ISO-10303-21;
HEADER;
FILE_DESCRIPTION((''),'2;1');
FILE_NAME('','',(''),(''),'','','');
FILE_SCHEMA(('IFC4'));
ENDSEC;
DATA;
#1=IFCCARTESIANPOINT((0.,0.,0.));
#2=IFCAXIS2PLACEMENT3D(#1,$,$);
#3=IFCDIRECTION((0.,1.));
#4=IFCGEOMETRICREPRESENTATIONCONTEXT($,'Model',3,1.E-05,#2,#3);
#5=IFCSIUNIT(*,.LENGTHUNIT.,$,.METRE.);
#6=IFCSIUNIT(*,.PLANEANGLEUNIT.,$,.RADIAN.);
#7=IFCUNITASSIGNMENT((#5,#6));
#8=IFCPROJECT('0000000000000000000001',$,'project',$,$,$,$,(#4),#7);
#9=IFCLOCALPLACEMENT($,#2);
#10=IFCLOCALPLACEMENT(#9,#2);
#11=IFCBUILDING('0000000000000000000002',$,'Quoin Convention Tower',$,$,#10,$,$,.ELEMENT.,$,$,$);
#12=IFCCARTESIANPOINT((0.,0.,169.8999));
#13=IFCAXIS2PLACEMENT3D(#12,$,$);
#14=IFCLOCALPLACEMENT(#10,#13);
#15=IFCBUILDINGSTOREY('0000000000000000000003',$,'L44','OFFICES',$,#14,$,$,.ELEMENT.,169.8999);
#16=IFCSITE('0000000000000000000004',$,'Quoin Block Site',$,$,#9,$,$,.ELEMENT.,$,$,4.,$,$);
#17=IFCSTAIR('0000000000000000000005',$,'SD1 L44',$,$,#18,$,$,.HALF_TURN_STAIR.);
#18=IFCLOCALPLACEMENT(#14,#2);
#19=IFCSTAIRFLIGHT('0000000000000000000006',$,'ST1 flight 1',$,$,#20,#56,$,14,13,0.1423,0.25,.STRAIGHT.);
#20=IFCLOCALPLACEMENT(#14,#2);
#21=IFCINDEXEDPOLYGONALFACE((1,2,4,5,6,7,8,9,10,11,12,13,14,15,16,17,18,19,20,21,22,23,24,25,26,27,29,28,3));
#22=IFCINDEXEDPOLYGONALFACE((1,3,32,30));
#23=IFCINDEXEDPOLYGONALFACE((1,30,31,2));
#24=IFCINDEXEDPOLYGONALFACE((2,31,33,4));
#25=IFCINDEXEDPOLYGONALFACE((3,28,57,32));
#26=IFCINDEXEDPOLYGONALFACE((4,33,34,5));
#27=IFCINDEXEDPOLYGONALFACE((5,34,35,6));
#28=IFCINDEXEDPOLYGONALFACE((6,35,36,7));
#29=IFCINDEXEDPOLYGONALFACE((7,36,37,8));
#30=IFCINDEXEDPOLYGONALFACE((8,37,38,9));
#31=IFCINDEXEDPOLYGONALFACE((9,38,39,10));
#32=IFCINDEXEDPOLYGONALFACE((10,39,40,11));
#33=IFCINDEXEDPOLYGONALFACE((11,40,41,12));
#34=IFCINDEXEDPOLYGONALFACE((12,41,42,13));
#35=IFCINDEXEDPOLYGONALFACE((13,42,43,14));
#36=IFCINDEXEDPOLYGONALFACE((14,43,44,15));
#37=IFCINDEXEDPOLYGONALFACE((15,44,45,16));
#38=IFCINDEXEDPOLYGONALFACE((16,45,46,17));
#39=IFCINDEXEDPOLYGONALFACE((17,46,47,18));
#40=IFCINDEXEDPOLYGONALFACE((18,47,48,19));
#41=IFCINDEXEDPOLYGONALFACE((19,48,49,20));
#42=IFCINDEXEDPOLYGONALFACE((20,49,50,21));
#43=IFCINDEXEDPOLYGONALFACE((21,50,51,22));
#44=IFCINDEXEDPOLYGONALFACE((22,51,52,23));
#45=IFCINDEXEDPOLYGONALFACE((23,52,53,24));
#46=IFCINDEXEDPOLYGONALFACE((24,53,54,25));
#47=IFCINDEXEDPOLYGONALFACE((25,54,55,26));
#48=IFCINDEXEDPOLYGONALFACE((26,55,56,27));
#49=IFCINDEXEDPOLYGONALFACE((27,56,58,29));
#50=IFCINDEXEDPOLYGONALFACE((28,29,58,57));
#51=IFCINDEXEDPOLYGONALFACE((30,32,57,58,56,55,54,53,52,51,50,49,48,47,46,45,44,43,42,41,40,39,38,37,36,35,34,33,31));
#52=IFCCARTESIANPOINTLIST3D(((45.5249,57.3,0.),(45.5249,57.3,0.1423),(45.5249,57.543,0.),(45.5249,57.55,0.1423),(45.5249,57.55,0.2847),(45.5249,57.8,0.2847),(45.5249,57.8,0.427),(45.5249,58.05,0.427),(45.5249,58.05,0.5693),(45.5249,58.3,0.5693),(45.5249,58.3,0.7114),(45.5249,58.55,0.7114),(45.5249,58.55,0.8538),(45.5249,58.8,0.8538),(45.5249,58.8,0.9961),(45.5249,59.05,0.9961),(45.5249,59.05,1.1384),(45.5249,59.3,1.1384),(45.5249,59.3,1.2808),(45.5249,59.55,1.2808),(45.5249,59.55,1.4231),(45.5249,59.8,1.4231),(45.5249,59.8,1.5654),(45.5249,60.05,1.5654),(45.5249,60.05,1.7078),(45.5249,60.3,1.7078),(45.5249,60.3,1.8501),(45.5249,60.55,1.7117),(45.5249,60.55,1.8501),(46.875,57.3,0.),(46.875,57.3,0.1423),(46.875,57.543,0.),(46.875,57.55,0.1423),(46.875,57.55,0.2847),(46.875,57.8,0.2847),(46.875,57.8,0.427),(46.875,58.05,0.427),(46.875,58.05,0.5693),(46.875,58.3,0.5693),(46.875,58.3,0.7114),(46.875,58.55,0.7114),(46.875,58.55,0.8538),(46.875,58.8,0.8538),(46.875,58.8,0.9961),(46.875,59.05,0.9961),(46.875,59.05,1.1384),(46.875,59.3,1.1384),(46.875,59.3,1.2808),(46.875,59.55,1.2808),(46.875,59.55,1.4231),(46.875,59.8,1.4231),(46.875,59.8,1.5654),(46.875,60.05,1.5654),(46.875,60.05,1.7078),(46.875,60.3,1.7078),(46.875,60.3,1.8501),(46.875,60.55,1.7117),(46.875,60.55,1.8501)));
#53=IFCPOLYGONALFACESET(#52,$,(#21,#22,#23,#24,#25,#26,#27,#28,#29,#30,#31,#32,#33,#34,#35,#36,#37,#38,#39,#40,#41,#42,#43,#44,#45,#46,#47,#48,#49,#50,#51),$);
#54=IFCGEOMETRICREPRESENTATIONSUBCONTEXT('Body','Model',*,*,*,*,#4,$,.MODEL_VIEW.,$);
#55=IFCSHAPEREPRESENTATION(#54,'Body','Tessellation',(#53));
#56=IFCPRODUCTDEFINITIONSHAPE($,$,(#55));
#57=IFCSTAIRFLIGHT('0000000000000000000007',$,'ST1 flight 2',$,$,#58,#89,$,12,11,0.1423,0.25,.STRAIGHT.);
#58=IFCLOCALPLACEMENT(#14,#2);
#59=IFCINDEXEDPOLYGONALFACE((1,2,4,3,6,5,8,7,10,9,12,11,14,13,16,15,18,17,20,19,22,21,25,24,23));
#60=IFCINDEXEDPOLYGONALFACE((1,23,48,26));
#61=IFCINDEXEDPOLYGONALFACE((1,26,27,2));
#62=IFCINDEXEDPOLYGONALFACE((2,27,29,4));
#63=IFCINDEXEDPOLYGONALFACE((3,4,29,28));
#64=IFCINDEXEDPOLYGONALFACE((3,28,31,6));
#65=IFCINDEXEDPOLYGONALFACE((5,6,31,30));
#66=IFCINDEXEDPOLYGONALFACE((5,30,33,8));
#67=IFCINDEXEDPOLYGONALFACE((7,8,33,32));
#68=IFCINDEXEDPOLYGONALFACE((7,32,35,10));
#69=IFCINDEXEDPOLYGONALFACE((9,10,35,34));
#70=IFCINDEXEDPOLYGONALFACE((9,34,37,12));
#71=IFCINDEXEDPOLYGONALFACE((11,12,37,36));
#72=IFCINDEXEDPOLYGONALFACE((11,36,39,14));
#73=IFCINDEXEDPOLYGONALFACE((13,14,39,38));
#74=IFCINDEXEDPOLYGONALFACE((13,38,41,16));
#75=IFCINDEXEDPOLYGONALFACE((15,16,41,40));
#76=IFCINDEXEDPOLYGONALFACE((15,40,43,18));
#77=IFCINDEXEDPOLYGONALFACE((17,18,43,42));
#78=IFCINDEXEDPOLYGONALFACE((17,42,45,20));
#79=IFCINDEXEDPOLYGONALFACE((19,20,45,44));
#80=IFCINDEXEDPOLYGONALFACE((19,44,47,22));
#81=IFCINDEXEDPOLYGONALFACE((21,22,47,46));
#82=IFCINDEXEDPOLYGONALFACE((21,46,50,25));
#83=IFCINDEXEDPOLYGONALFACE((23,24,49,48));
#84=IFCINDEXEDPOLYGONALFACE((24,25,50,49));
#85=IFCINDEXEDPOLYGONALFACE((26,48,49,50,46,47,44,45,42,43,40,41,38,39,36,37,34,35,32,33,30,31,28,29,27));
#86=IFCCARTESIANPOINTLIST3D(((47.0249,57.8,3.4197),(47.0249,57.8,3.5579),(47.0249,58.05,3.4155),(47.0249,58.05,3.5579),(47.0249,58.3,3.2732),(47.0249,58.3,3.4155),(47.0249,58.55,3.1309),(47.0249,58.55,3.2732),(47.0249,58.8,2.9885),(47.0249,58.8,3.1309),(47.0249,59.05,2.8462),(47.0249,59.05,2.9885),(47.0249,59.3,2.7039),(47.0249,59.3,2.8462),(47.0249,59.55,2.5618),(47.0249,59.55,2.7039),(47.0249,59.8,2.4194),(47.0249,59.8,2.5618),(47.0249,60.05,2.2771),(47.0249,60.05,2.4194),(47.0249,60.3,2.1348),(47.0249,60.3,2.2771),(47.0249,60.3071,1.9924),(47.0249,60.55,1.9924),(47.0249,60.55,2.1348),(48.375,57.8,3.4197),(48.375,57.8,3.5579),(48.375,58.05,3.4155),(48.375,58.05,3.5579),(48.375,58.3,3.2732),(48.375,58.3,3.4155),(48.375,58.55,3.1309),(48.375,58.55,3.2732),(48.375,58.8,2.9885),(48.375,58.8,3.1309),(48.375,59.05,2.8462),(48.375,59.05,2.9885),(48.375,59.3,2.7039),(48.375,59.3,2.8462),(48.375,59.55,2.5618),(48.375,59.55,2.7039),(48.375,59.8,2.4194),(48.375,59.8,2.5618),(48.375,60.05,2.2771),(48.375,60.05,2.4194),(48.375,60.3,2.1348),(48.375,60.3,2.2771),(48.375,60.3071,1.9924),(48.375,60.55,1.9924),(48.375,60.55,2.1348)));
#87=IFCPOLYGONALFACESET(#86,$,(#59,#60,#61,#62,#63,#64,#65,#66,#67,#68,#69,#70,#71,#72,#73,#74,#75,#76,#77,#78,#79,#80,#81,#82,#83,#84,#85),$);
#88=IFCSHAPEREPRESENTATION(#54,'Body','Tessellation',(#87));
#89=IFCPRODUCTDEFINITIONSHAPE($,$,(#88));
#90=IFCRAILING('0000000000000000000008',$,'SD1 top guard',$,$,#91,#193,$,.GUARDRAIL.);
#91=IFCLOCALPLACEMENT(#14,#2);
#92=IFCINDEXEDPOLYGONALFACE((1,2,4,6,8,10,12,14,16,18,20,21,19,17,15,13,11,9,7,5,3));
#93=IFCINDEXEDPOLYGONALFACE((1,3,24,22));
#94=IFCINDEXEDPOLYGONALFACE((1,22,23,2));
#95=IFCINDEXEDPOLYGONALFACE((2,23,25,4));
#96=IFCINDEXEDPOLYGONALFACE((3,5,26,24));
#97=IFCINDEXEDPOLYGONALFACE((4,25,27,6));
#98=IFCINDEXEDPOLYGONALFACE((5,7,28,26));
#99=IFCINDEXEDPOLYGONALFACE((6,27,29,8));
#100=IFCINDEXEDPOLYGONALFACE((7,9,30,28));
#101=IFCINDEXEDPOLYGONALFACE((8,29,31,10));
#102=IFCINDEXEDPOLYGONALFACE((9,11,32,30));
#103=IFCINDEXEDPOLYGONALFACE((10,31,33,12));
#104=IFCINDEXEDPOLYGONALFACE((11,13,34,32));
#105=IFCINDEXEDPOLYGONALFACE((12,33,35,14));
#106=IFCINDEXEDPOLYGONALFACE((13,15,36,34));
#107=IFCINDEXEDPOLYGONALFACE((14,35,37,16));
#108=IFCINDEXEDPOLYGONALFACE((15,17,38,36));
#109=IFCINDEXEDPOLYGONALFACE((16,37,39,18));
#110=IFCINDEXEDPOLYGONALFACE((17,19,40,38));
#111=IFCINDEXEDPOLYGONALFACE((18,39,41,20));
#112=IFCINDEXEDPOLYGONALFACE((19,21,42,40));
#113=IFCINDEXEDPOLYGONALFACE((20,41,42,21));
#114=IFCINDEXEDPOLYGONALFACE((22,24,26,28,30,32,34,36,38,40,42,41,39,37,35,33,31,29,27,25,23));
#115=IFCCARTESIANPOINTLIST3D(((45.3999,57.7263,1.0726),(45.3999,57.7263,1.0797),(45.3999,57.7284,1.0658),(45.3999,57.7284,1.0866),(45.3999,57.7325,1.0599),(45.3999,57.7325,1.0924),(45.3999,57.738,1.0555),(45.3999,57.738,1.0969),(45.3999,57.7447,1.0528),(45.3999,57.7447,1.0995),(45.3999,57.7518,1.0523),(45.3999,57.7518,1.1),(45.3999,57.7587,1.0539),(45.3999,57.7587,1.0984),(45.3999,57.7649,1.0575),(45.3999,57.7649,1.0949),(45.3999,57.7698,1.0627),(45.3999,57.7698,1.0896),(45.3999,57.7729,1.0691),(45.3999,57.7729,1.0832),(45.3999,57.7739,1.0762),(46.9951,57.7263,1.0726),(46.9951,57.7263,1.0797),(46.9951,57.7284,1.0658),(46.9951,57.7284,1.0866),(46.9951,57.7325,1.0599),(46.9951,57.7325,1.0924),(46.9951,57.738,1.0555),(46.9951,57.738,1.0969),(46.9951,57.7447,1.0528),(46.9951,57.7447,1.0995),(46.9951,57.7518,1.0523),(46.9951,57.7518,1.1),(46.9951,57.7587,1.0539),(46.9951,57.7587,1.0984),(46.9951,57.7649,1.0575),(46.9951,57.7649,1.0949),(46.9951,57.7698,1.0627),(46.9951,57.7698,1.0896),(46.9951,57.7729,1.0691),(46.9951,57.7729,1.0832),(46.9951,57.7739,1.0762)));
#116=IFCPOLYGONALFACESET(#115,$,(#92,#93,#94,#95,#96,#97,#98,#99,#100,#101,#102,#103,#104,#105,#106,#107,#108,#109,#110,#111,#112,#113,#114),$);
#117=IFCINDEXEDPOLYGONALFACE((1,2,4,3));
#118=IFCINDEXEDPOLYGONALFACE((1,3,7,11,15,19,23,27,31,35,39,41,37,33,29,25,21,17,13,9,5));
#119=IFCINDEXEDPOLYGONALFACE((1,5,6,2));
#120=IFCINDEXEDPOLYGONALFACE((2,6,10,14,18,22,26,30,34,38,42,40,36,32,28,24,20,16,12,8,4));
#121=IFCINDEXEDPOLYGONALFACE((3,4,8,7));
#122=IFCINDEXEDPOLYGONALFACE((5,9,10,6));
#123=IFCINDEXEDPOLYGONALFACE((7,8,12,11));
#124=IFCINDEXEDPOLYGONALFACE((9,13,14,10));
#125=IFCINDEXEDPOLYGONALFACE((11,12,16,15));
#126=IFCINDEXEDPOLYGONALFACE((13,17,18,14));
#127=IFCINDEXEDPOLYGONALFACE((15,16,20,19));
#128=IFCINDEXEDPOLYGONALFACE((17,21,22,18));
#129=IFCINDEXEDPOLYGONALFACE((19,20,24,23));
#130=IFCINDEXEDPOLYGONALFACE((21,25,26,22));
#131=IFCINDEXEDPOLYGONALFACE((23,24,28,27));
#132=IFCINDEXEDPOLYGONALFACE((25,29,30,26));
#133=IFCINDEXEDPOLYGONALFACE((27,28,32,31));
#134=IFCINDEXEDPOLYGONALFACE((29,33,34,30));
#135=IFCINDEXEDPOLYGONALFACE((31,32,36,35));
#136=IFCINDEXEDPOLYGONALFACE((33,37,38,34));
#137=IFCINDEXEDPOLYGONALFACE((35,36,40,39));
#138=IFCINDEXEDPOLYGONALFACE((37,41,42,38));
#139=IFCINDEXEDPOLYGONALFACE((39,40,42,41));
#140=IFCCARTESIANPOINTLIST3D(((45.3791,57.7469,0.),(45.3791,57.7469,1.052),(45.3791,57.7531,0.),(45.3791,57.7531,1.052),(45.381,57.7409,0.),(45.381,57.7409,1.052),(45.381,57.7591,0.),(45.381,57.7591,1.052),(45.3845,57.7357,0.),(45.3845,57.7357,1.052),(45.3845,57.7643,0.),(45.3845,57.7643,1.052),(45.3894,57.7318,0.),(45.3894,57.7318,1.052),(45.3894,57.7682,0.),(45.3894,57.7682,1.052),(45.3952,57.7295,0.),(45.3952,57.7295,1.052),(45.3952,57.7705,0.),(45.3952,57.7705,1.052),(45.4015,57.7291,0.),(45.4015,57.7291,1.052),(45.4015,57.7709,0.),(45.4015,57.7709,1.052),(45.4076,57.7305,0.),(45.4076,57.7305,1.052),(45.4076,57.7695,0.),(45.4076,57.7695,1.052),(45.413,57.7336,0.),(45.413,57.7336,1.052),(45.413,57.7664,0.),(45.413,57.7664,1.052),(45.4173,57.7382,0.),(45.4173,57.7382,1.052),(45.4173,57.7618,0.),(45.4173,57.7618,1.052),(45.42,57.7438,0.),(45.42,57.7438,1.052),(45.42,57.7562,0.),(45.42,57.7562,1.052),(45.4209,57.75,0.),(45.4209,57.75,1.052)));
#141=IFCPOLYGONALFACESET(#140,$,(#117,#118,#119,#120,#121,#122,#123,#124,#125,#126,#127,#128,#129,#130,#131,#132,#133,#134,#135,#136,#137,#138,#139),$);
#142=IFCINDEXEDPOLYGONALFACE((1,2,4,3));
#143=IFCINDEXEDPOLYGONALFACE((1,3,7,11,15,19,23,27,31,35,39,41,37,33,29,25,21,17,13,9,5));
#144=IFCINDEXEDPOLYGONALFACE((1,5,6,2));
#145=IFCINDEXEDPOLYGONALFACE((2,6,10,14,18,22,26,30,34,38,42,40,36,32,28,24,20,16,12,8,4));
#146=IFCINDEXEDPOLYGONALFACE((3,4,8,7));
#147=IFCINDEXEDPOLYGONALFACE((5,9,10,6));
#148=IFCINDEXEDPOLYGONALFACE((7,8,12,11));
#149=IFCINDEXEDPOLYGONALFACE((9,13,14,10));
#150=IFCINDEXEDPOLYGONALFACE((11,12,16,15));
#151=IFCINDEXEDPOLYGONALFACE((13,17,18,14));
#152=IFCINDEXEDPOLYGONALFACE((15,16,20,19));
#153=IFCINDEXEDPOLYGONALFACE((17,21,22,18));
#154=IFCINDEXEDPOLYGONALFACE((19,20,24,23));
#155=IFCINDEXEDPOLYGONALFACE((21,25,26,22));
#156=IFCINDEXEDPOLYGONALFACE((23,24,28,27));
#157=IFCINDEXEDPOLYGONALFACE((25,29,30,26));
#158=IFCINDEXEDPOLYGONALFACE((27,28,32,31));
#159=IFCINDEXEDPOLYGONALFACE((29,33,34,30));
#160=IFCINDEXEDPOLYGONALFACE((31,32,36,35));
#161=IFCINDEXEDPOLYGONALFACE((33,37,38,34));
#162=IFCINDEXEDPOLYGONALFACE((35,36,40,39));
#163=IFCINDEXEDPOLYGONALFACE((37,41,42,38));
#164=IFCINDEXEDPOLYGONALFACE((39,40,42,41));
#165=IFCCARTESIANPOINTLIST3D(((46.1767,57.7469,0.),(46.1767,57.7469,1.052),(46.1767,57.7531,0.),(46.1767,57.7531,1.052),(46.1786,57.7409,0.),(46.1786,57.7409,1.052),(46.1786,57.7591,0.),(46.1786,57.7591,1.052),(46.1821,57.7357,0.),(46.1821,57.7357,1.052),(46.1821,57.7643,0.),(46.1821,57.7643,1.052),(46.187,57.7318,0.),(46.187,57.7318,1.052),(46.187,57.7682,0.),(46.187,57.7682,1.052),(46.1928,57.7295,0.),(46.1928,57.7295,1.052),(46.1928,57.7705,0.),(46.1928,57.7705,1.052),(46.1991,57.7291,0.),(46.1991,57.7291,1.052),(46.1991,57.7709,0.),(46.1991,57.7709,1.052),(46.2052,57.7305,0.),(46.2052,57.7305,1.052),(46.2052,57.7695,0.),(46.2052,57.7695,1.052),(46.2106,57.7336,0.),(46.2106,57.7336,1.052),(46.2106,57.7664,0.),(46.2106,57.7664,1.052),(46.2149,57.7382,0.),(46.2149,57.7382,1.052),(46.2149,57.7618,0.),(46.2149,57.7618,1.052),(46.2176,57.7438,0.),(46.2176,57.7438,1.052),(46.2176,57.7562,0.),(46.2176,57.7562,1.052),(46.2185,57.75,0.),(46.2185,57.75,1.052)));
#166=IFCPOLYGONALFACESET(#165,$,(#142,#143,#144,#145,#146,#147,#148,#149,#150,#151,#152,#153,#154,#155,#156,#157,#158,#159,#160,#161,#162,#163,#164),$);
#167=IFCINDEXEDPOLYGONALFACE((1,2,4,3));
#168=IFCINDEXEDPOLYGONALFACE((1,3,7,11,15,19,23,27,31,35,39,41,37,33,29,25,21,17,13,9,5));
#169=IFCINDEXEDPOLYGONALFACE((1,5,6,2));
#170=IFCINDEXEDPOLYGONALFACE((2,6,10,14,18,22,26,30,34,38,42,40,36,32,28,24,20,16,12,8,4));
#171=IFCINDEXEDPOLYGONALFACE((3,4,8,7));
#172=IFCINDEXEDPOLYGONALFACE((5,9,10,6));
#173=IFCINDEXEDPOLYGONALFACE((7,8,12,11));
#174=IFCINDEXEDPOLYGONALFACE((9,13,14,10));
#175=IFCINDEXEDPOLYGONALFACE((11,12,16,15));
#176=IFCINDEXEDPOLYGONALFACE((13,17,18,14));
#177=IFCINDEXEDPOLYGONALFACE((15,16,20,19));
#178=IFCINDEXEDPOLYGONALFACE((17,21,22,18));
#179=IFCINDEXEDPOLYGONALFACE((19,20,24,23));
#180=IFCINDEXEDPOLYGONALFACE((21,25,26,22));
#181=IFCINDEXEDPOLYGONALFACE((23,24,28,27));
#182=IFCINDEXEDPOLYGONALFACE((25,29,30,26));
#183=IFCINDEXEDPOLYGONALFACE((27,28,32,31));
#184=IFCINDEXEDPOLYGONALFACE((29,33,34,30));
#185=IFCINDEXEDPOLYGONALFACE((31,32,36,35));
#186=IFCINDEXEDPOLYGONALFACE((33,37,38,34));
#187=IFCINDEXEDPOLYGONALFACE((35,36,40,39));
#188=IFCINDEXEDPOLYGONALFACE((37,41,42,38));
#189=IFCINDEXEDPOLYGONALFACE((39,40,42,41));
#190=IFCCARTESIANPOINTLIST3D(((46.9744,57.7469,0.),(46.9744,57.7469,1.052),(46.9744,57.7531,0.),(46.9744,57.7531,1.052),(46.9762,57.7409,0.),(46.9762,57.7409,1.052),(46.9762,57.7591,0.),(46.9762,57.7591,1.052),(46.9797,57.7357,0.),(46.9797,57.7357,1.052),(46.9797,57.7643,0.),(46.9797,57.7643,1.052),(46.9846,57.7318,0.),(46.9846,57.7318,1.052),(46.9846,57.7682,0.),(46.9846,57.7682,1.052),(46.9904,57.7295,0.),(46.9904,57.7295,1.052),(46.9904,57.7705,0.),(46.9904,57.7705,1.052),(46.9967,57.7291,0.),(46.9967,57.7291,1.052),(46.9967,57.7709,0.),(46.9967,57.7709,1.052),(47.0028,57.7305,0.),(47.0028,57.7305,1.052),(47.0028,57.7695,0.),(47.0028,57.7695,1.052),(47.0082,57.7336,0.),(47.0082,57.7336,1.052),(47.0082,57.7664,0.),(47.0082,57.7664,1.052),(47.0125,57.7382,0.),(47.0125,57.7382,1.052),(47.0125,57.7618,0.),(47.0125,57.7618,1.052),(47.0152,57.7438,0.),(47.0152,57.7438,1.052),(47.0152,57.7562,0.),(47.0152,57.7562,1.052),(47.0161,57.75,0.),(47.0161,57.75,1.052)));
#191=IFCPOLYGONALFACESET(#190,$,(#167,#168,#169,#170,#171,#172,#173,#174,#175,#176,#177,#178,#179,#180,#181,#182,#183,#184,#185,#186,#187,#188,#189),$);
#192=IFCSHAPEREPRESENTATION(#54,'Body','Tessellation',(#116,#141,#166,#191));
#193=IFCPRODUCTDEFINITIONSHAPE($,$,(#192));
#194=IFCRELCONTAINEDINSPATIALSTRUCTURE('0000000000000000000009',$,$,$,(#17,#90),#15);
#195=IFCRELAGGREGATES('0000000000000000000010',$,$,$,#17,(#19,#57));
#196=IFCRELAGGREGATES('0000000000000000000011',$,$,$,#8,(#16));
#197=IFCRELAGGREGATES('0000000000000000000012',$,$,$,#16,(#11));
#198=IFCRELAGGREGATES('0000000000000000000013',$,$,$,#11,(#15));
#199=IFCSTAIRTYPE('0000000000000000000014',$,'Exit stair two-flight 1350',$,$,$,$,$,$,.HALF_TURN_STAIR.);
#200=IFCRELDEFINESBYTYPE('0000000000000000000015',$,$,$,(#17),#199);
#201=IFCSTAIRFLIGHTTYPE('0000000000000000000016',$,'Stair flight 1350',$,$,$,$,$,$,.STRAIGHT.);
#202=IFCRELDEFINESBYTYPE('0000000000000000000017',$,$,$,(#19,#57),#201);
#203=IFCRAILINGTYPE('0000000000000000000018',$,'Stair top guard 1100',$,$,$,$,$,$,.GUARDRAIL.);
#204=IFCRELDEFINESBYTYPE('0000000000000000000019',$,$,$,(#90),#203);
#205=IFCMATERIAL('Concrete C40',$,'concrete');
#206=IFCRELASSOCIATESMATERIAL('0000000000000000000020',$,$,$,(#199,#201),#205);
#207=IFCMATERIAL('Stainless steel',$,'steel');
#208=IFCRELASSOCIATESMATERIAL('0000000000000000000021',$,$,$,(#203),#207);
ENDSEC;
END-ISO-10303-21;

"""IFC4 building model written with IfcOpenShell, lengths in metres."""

from ifc_helpers import new_model, si_unit, direction, frame, origin, origin_2d, place, context, subcontext, project, spatial, polyline, circle, outline, extrude, material, type_object, element, aggregate, save


model = new_model("IFC4")

# Units and contexts
model_context = context("Model", 3, precision=1e-05, world=origin(), true_north=direction((0.0, 1.0)))
body_context = subcontext(model_context, "Body", "Model", "MODEL_VIEW")
ifc_project = project(units=[si_unit("LENGTHUNIT", "METRE"), si_unit("PLANEANGLEUNIT", "RADIAN")], contexts=[model_context])

# Site, building, storey
site_placement = place(None, origin())
site = spatial("IfcSite", under=ifc_project, at=site_placement, Name="Quoin Block Site", CompositionType="ELEMENT", RefElevation=4.0)
building_placement = place(site_placement, origin())
building = spatial("IfcBuilding", under=site, at=building_placement, Name="Quoin Convention Tower", CompositionType="ELEMENT")
storey_placement = place(building_placement, frame((0.0, 0.0, 169.8999)))
storey = spatial("IfcBuildingStorey", under=building, at=storey_placement, Name="L44", Description="OFFICES", CompositionType="ELEMENT", Elevation=169.8999)

# Stair, stair flights
ifc_material_1 = material(Name="Concrete C40", Category="concrete")
stair_type = type_object("IfcStairType", Name="Exit stair two-flight 1350", PredefinedType="HALF_TURN_STAIR", material=ifc_material_1)
stair_placement = place(storey_placement, origin())
stair = element("IfcStair", 1, at=stair_placement, inside=storey, type_object=stair_type, Name="SD1 L44", PredefinedType="HALF_TURN_STAIR")
stair_flight_type = type_object("IfcStairFlightType", Name="Stair flight 1350", PredefinedType="STRAIGHT", material=ifc_material_1)
stair_flight_1_placement = place(storey_placement, frame((46.2, 57.3, 0.0), z_axis=(0.0, 0.0, 1.0), x_axis=(0.0, 1.0, 0.0)))
stair_flight_1 = element("IfcStairFlight", 2, at=stair_flight_1_placement, type_object=stair_flight_type, Name="ST1 flight 1", NumberOfRisers=14, NumberOfTreads=13, PredefinedType="STRAIGHT", RiserHeight=0.1423, TreadLength=0.25, context=body_context, shape_type="SweptSolid", body=[
    extrude(outline(polyline([(0.0, 0.0), (0.0, 0.1423), (0.25, 0.1423), (0.25, 0.2847), (0.5, 0.2847), (0.5, 0.427), (0.75, 0.427), (0.75, 0.5693), (1.0, 0.5693), (1.0, 0.7114), (1.25, 0.7114), (1.25, 0.8538), (1.5, 0.8538), (1.5, 0.9961), (1.75, 0.9961), (1.75, 1.1384), (2.0, 1.1384), (2.0, 1.2808), (2.25, 1.2808), (2.25, 1.4231), (2.5, 1.4231), (2.5, 1.5654), (2.75, 1.5654), (2.75, 1.7078), (3.0, 1.7078), (3.0, 1.8501), (3.25, 1.8501), (3.25, 1.9922), (3.25, 1.7117), (0.2429, 0.0), (0.0, 0.0)])), frame((0.0, 0.675, 0.0), z_axis=(0.0, -1.0, 0.0), x_axis=(1.0, 0.0, 0.0)), (0.0, 0.0, 1.0), 1.3501),
])
stair_flight_2_placement = place(storey_placement, frame((47.7, 60.55, 1.9924), z_axis=(0.0, 0.0, 1.0), x_axis=(0.0, -1.0, 0.0)))
stair_flight_2 = element("IfcStairFlight", 3, at=stair_flight_2_placement, type_object=stair_flight_type, Name="ST1 flight 2", NumberOfRisers=12, NumberOfTreads=11, PredefinedType="STRAIGHT", RiserHeight=0.1423, TreadLength=0.25, context=body_context, shape_type="SweptSolid", body=[
    extrude(outline(polyline([(0.0, 0.0), (0.0, 0.1423), (0.25, 0.1423), (0.25, 0.2847), (0.5, 0.2847), (0.5, 0.427), (0.75, 0.427), (0.75, 0.5693), (1.0, 0.5693), (1.0, 0.7114), (1.25, 0.7114), (1.25, 0.8538), (1.5, 0.8538), (1.5, 0.9961), (1.75, 0.9961), (1.75, 1.1384), (2.0, 1.1384), (2.0, 1.2808), (2.25, 1.2808), (2.25, 1.4231), (2.5, 1.4231), (2.5, 1.5654), (2.75, 1.5654), (2.75, 1.7078), (2.75, 1.4272), (0.2429, 0.0), (0.0, 0.0)])), frame((0.0, 0.675, 0.0), z_axis=(0.0, -1.0, 0.0), x_axis=(1.0, 0.0, 0.0)), (0.0, 0.0, 1.0), 1.3501),
])
aggregate(stair, [stair_flight_1, stair_flight_2])

# Railing
ifc_material_2 = material(Name="Stainless steel", Category="steel")
railing_type_1 = type_object("IfcRailingType", Name="Stair top guard 1100", PredefinedType="GUARDRAIL", material=ifc_material_2)
railing_1_placement = place(storey_placement, frame((45.3999, 57.75, 0.0)))
element("IfcRailing", 4, at=railing_1_placement, inside=storey, type_object=railing_type_1, Name="SD1 top guard", PredefinedType="GUARDRAIL", context=body_context, shape_type="SweptSolid", body=[
    extrude(circle(Radius=0.0239, at=origin_2d()), frame((0.0, 0.0, 1.0762), z_axis=(1.0, 0.0, 0.0), x_axis=(0.0, 1.0, 0.0)), (0.0, 0.0, 1.0), 1.5952),
    extrude(circle(Radius=0.021, at=origin_2d()), origin(), (0.0, 0.0, 1.0), 1.052),
    extrude(circle(Radius=0.021, at=origin_2d()), frame((0.7976, 0.0, 0.0)), (0.0, 0.0, 1.0), 1.052),
    extrude(circle(Radius=0.021, at=origin_2d()), frame((1.5952, 0.0, 0.0)), (0.0, 0.0, 1.0), 1.052),
])

save(model, "model.ifc")
